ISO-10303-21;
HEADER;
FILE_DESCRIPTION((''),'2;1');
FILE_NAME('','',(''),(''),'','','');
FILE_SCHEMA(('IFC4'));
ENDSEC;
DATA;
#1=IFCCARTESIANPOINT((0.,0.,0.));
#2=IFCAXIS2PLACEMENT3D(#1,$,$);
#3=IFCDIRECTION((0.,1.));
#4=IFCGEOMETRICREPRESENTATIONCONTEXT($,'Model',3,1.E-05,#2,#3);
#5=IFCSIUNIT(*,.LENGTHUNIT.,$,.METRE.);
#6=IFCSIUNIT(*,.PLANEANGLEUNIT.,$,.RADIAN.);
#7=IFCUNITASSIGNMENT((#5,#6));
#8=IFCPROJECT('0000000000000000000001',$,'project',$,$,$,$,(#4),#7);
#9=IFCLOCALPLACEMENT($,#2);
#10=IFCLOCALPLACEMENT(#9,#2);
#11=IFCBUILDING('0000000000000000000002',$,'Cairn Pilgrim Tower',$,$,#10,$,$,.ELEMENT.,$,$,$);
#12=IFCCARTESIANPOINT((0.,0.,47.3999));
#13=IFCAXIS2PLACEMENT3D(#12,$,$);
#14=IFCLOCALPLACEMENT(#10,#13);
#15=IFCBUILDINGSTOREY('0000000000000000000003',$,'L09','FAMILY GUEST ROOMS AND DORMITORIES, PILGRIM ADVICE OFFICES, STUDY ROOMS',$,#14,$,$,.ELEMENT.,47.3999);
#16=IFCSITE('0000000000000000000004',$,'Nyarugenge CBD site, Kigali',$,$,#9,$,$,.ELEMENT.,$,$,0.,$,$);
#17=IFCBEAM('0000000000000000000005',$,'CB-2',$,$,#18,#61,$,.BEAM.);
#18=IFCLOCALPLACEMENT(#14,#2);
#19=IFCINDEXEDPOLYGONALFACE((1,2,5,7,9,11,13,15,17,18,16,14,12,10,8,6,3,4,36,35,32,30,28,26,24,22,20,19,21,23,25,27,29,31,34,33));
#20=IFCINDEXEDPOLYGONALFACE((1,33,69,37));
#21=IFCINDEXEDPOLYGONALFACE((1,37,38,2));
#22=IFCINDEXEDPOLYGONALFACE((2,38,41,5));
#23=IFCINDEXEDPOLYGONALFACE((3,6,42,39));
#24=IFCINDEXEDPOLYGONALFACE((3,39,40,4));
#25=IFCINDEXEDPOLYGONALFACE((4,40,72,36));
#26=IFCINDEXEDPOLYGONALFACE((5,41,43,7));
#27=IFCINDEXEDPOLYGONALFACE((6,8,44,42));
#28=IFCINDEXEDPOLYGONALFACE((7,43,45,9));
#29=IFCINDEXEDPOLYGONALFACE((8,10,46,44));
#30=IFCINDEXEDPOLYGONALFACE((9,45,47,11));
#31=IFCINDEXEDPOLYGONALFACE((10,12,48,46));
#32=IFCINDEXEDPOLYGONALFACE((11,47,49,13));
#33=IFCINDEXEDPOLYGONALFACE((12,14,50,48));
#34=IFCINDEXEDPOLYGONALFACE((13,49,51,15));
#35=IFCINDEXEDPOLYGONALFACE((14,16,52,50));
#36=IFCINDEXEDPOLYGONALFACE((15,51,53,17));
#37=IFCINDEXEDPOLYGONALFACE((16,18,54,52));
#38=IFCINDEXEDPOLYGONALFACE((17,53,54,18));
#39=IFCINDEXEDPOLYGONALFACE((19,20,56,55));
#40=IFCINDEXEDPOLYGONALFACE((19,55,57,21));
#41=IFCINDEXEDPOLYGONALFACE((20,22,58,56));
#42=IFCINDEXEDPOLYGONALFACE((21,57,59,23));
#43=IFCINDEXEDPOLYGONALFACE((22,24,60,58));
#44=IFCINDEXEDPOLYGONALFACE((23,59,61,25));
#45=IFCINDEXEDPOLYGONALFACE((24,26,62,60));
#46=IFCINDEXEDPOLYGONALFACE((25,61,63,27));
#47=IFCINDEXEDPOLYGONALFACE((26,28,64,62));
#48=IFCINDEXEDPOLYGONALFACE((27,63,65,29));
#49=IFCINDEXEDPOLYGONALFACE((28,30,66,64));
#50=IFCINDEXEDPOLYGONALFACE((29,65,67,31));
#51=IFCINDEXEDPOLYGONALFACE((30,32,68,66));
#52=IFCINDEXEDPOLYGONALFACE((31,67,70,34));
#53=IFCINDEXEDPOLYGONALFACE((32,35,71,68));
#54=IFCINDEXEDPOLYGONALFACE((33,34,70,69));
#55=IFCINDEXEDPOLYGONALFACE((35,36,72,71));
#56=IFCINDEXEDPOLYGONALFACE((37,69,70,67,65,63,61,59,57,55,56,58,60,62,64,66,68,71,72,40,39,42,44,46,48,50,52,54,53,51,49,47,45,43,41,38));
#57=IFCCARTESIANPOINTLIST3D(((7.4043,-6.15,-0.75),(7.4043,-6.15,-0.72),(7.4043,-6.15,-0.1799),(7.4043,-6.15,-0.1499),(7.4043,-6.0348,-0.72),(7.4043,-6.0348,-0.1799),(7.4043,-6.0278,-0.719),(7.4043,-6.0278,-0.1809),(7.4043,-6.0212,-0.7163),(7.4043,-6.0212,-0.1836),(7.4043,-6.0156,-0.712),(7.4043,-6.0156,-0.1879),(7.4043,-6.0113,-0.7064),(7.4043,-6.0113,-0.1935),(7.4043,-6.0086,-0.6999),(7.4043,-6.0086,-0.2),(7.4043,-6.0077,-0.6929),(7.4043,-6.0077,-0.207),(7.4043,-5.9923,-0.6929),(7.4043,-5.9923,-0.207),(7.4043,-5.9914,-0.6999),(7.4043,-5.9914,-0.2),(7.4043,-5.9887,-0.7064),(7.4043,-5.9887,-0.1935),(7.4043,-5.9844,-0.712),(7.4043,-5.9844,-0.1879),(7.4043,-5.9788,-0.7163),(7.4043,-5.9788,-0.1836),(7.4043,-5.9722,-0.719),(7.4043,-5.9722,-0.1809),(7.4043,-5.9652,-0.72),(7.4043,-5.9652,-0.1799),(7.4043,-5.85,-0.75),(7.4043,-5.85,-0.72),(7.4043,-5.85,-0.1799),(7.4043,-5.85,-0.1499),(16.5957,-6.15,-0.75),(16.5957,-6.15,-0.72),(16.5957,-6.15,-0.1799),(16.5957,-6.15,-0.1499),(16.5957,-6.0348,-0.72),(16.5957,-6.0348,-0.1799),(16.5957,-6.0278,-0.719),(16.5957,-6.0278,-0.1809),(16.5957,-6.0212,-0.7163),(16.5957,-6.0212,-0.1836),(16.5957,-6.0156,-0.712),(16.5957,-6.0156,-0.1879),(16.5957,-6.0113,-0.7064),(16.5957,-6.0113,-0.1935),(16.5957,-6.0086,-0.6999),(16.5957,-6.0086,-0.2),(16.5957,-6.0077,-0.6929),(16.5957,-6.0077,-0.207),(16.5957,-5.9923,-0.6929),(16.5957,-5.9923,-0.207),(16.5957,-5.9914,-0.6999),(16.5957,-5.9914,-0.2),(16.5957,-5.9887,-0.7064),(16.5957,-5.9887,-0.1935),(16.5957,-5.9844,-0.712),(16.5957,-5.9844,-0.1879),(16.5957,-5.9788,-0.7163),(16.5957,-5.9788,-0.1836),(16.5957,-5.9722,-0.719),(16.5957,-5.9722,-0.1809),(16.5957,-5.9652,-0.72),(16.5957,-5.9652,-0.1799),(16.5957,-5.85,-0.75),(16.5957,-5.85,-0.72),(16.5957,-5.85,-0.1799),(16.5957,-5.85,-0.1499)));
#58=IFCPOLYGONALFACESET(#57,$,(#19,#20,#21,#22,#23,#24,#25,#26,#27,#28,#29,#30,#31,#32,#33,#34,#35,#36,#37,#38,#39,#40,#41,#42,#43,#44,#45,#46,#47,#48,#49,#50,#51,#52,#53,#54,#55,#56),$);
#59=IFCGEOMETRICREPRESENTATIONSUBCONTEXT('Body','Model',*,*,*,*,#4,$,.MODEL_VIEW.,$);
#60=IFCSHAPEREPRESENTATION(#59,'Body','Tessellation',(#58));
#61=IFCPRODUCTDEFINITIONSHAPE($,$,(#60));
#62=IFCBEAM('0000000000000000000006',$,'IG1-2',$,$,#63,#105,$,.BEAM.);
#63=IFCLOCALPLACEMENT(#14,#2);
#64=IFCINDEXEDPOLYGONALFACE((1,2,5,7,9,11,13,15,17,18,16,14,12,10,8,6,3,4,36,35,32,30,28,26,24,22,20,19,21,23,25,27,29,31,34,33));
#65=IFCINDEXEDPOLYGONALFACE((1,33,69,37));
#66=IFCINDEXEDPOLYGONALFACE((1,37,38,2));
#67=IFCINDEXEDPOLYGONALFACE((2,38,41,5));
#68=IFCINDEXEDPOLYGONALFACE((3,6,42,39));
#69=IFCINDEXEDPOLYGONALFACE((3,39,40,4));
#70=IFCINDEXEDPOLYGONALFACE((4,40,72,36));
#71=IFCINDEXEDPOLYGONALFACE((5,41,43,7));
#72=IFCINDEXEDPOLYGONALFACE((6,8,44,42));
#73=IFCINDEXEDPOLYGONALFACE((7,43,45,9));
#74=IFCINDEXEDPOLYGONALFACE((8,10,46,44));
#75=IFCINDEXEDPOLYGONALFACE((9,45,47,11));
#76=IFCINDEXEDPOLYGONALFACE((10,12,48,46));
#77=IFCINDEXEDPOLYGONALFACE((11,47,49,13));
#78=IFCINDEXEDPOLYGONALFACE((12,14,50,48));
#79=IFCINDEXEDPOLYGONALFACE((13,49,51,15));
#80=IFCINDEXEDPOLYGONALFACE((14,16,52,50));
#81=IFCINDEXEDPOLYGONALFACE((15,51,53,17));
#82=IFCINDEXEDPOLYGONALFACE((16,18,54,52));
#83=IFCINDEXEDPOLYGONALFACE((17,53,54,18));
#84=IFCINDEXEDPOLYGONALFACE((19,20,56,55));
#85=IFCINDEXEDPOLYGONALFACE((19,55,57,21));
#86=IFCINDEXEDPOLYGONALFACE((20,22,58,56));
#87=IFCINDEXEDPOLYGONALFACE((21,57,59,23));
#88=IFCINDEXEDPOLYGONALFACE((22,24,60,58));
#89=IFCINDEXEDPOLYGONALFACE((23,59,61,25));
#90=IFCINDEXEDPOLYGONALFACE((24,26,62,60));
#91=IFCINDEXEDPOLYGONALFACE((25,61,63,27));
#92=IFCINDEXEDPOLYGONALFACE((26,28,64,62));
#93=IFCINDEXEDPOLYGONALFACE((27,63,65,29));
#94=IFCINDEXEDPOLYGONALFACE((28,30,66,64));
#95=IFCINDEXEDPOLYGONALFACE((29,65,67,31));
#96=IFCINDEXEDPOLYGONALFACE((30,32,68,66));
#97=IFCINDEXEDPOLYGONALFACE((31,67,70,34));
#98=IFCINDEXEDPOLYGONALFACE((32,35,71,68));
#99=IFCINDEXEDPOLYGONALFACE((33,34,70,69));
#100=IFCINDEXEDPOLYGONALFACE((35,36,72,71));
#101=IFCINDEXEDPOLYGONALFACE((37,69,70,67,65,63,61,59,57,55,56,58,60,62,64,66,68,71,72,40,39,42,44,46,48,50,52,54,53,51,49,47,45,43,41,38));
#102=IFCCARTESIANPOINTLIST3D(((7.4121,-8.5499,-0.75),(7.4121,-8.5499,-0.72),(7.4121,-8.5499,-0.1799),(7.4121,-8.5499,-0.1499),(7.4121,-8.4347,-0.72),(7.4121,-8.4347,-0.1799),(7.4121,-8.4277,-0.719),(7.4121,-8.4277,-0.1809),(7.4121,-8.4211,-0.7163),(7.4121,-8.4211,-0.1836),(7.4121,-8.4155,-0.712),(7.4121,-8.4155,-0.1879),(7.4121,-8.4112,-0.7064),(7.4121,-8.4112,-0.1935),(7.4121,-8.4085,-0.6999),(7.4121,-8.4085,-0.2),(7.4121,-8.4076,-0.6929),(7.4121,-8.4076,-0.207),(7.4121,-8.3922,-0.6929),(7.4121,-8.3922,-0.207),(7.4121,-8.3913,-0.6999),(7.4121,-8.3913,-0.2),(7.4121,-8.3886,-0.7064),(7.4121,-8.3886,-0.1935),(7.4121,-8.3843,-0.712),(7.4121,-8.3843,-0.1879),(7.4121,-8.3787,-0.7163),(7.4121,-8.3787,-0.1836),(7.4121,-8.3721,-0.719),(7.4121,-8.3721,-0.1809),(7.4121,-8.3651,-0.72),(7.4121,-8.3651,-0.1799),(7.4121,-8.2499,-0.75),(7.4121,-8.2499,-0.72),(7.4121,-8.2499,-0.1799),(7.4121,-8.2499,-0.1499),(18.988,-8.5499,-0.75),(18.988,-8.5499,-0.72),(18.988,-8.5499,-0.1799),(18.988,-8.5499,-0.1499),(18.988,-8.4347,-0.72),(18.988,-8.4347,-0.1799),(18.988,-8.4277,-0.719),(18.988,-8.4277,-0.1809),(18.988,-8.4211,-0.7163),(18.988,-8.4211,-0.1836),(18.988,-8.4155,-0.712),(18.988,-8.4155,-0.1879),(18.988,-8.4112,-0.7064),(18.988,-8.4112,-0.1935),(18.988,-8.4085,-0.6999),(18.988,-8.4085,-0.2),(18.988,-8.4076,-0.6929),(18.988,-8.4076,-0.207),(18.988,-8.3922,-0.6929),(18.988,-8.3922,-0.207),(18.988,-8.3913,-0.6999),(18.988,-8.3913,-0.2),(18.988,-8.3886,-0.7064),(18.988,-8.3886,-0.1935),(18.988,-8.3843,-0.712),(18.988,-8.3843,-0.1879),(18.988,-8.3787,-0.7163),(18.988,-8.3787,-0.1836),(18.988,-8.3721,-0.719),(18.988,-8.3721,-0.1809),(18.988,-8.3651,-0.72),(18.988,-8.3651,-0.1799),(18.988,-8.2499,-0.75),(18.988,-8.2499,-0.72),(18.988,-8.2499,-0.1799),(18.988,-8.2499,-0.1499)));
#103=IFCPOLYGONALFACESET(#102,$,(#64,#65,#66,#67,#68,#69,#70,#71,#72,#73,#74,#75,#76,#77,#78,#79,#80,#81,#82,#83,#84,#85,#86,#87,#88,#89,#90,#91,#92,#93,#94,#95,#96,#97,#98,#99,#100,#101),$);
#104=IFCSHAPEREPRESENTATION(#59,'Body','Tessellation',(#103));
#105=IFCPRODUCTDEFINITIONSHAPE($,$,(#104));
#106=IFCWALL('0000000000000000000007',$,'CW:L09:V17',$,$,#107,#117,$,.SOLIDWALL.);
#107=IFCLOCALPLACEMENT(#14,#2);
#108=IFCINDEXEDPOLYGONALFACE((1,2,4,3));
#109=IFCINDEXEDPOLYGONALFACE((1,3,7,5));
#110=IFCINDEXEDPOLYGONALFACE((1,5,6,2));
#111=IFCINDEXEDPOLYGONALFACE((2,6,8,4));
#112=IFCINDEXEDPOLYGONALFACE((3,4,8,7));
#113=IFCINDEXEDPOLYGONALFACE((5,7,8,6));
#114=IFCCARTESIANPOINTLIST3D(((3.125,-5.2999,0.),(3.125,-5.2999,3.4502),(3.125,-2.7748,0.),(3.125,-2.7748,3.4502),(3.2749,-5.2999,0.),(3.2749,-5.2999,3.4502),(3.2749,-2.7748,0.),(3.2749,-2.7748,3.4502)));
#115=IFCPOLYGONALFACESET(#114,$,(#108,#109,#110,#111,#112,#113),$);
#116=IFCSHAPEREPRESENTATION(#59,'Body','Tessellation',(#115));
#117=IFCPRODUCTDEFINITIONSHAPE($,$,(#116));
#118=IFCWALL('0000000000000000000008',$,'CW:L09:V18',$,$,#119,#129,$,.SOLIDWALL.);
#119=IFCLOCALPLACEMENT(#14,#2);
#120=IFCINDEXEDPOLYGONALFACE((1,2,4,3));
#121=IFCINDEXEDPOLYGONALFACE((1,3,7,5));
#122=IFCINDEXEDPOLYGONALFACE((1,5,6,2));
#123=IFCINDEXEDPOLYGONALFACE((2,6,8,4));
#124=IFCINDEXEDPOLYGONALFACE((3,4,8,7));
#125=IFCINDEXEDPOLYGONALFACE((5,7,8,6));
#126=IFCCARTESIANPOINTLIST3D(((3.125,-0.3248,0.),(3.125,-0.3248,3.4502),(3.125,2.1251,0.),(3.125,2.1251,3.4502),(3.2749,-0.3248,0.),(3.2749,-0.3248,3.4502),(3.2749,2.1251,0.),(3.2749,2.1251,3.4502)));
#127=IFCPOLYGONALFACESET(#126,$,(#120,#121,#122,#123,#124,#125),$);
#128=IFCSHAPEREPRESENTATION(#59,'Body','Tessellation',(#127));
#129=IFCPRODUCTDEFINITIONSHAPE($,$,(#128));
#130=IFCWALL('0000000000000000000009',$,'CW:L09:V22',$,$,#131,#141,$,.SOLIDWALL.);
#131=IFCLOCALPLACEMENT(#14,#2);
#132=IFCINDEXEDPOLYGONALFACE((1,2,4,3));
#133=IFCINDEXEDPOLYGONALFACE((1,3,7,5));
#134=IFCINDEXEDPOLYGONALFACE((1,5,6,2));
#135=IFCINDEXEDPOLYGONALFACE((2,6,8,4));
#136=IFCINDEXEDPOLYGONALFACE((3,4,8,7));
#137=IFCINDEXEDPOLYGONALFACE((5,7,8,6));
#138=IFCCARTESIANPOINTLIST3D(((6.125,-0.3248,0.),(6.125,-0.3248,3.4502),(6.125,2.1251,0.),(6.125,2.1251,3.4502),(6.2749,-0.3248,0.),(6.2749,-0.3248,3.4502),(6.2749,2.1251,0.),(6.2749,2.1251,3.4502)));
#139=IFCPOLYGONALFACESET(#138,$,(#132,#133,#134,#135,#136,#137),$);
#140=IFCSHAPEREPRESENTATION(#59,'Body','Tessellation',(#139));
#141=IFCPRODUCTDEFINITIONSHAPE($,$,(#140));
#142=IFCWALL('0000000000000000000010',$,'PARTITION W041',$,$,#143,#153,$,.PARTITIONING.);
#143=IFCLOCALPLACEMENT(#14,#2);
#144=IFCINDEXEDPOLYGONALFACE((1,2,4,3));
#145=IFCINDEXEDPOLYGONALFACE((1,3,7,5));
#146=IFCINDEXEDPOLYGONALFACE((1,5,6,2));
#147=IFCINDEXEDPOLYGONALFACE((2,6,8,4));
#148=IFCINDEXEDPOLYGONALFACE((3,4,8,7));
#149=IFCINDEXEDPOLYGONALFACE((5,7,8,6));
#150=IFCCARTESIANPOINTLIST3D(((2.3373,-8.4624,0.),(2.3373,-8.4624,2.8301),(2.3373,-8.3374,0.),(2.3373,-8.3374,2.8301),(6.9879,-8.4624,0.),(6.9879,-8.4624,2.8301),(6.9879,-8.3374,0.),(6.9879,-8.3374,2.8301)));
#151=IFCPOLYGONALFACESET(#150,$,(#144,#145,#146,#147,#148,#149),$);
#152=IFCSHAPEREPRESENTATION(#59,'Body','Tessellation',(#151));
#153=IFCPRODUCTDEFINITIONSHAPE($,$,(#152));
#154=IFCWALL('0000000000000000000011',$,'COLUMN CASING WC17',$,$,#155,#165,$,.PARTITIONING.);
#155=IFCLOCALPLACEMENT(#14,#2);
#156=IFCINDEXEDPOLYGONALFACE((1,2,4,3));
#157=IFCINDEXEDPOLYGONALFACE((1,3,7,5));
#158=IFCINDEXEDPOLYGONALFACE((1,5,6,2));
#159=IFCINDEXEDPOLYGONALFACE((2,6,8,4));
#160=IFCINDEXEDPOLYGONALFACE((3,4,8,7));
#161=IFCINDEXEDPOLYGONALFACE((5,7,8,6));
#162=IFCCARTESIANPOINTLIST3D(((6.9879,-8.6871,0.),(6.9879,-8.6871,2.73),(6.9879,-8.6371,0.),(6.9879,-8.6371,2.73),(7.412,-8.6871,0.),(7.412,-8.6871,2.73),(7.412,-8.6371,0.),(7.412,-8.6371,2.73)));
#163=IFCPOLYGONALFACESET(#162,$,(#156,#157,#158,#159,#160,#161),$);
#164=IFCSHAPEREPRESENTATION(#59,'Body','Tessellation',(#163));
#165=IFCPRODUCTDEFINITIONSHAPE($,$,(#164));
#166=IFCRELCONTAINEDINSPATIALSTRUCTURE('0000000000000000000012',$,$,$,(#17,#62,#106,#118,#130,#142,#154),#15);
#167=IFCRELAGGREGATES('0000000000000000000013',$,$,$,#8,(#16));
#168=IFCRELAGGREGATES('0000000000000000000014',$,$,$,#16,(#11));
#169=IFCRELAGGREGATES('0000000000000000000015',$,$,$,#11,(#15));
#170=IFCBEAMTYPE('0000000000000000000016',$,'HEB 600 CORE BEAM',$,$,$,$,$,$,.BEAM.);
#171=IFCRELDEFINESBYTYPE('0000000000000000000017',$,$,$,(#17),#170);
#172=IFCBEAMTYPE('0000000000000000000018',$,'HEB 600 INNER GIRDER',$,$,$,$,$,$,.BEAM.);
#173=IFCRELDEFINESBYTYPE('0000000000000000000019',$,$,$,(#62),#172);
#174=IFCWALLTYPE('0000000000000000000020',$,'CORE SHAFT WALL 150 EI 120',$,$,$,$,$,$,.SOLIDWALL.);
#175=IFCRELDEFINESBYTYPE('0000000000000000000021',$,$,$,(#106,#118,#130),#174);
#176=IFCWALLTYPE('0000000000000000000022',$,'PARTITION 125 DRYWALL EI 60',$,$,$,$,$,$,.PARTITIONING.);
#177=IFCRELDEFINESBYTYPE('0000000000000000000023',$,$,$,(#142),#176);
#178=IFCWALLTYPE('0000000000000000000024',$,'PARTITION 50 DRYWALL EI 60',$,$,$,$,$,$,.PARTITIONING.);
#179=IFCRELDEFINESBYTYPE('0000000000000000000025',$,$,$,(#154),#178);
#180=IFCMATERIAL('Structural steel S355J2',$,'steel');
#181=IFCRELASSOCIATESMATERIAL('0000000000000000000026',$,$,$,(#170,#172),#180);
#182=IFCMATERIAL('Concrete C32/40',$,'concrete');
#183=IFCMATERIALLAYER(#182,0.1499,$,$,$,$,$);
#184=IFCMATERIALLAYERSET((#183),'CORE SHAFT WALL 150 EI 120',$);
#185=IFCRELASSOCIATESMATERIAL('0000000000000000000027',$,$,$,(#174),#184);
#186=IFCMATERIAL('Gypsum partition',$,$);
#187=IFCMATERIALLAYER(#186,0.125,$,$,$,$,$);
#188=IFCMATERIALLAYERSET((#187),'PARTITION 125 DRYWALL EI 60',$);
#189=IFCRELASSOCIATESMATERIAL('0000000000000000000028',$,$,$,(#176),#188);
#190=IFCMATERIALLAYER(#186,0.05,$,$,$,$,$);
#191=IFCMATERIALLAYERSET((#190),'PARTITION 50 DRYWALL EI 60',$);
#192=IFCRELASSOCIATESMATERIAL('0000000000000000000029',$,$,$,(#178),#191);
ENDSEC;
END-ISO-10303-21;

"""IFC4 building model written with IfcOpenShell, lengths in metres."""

from ifc_helpers import new_model, si_unit, direction, frame, frame_2d, origin, origin_2d, place, context, subcontext, project, spatial, rectangle, i_section, extrude, material, layer, layer_set, material_profile, profile_set, type_object, element, save


model = new_model("IFC4")

# Units and contexts
model_context = context("Model", 3, precision=1e-05, world=origin(), true_north=direction((0.0, 1.0)))
body_context = subcontext(model_context, "Body", "Model", "MODEL_VIEW")
ifc_project = project(units=[si_unit("LENGTHUNIT", "METRE"), si_unit("PLANEANGLEUNIT", "RADIAN")], contexts=[model_context])

# Site, building, storey
site_placement = place(None, origin())
site = spatial("IfcSite", under=ifc_project, at=site_placement, Name="Nyarugenge CBD site, Kigali", CompositionType="ELEMENT", RefElevation=0.0)
building_placement = place(site_placement, origin())
building = spatial("IfcBuilding", under=site, at=building_placement, Name="Cairn Pilgrim Tower", CompositionType="ELEMENT")
storey_placement = place(building_placement, frame((0.0, 0.0, 47.3999)))
storey = spatial("IfcBuildingStorey", under=building, at=storey_placement, Name="L09", Description="FAMILY GUEST ROOMS AND DORMITORIES, PILGRIM ADVICE OFFICES, STUDY ROOMS", CompositionType="ELEMENT", Elevation=47.3999)

# Beams
ifc_material_1 = material(Name="Structural steel S355J2", Category="steel")
ifc_material_profile_1 = material_profile(ifc_material_1, i_section(OverallWidth=0.3, OverallDepth=0.6001, WebThickness=0.0154, FlangeThickness=0.03, FilletRadius=0.0271, at=origin_2d()), Name="HEB 600")
ifc_profile_set_1 = profile_set([ifc_material_profile_1], Name="Structural steel S355J2")
beam_type_1 = type_object("IfcBeamType", Name="HEB 600 CORE BEAM", PredefinedType="BEAM", material=ifc_profile_set_1)
beam_1_placement = place(storey_placement, frame((7.4043, -6.0, -0.45), z_axis=(1.0, 0.0, 0.0), x_axis=(0.0, 1.0, 0.0)))
element("IfcBeam", 1, at=beam_1_placement, inside=storey, type_object=beam_type_1, Name="CB-2", PredefinedType="BEAM", context=body_context, shape_type="SweptSolid", body=[
    extrude(i_section(OverallWidth=0.3, OverallDepth=0.6001, WebThickness=0.0154, FlangeThickness=0.03, FilletRadius=0.0271, at=origin_2d()), origin(), (0.0, 0.0, 1.0), 9.1914),
])
ifc_material_profile_2 = material_profile(ifc_material_1, i_section(OverallWidth=0.3, OverallDepth=0.6001, WebThickness=0.0154, FlangeThickness=0.03, FilletRadius=0.0271, at=origin_2d()), Name="HEB 600")
ifc_profile_set_2 = profile_set([ifc_material_profile_2], Name="Structural steel S355J2")
beam_type_2 = type_object("IfcBeamType", Name="HEB 600 INNER GIRDER", PredefinedType="BEAM", material=ifc_profile_set_2)
beam_2_placement = place(storey_placement, frame((7.4121, -8.3999, -0.45), z_axis=(1.0, 0.0, 0.0), x_axis=(0.0, 1.0, 0.0)))
element("IfcBeam", 2, at=beam_2_placement, inside=storey, type_object=beam_type_2, Name="IG1-2", PredefinedType="BEAM", context=body_context, shape_type="SweptSolid", body=[
    extrude(i_section(OverallWidth=0.3, OverallDepth=0.6001, WebThickness=0.0154, FlangeThickness=0.03, FilletRadius=0.0271, at=origin_2d()), origin(), (0.0, 0.0, 1.0), 11.5759),
])

# Walls
ifc_material_2 = material(Name="Concrete C32/40", Category="concrete")
ifc_layer_1 = layer(ifc_material_2, 0.1499)
ifc_layer_set_1 = layer_set([ifc_layer_1], Name="CORE SHAFT WALL 150 EI 120")
wall_type_1 = type_object("IfcWallType", Name="CORE SHAFT WALL 150 EI 120", PredefinedType="SOLIDWALL", material=ifc_layer_set_1)
wall_1_placement = place(storey_placement, frame((3.2, -5.3, 0.0), z_axis=(0.0, 0.0, 1.0), x_axis=(0.0, 1.0, 0.0)))
element("IfcWall", 3, at=wall_1_placement, inside=storey, type_object=wall_type_1, Name="CW:L09:V17", PredefinedType="SOLIDWALL", context=body_context, shape_type="SweptSolid", body=[
    extrude(rectangle(XDim=2.5251, YDim=0.1499, at=frame_2d((1.2627, 0.0))), origin(), (0.0, 0.0, 1.0), 3.4502),
])
for number, where, z_axis, x_axis, name in (
    (4, (3.2, -0.325, 0.0), (0.0, 0.0, 1.0), (0.0, 1.0, 0.0), "CW:L09:V18"),
    (5, (6.2, -0.325, 0.0), (0.0, 0.0, 1.0), (0.0, 1.0, 0.0), "CW:L09:V22"),
):
    element("IfcWall", number, at=place(storey_placement, frame(where, z_axis=z_axis, x_axis=x_axis)), inside=storey, type_object=wall_type_1, Name=name, PredefinedType="SOLIDWALL", context=body_context, shape_type="SweptSolid", body=[
        extrude(rectangle(XDim=2.45, YDim=0.1499, at=frame_2d((1.2251, 0.0))), origin(), (0.0, 0.0, 1.0), 3.4502),
    ])
ifc_material_3 = material(Name="Gypsum partition")
ifc_layer_2 = layer(ifc_material_3, 0.125)
ifc_layer_set_2 = layer_set([ifc_layer_2], Name="PARTITION 125 DRYWALL EI 60")
wall_type_2 = type_object("IfcWallType", Name="PARTITION 125 DRYWALL EI 60", PredefinedType="PARTITIONING", material=ifc_layer_set_2)
wall_2_placement = place(storey_placement, frame((2.3374, -8.3999, 0.0), z_axis=(0.0, 0.0, 1.0), x_axis=(1.0, 0.0, 0.0)))
element("IfcWall", 6, at=wall_2_placement, inside=storey, type_object=wall_type_2, Name="PARTITION W041", PredefinedType="PARTITIONING", context=body_context, shape_type="SweptSolid", body=[
    extrude(rectangle(XDim=4.6506, YDim=0.125, at=frame_2d((2.3252, 0.0))), origin(), (0.0, 0.0, 1.0), 2.8301),
])
ifc_layer_3 = layer(ifc_material_3, 0.05)
ifc_layer_set_3 = layer_set([ifc_layer_3], Name="PARTITION 50 DRYWALL EI 60")
wall_type_3 = type_object("IfcWallType", Name="PARTITION 50 DRYWALL EI 60", PredefinedType="PARTITIONING", material=ifc_layer_set_3)
wall_3_placement = place(storey_placement, frame((6.988, -8.6621, 0.0), z_axis=(0.0, 0.0, 1.0), x_axis=(1.0, 0.0, 0.0)))
element("IfcWall", 7, at=wall_3_placement, inside=storey, type_object=wall_type_3, Name="COLUMN CASING WC17", PredefinedType="PARTITIONING", context=body_context, shape_type="SweptSolid", body=[
    extrude(rectangle(XDim=0.4241, YDim=0.05, at=frame_2d((0.2119, 0.0))), origin(), (0.0, 0.0, 1.0), 2.73),
])

save(model, "model.ifc")
